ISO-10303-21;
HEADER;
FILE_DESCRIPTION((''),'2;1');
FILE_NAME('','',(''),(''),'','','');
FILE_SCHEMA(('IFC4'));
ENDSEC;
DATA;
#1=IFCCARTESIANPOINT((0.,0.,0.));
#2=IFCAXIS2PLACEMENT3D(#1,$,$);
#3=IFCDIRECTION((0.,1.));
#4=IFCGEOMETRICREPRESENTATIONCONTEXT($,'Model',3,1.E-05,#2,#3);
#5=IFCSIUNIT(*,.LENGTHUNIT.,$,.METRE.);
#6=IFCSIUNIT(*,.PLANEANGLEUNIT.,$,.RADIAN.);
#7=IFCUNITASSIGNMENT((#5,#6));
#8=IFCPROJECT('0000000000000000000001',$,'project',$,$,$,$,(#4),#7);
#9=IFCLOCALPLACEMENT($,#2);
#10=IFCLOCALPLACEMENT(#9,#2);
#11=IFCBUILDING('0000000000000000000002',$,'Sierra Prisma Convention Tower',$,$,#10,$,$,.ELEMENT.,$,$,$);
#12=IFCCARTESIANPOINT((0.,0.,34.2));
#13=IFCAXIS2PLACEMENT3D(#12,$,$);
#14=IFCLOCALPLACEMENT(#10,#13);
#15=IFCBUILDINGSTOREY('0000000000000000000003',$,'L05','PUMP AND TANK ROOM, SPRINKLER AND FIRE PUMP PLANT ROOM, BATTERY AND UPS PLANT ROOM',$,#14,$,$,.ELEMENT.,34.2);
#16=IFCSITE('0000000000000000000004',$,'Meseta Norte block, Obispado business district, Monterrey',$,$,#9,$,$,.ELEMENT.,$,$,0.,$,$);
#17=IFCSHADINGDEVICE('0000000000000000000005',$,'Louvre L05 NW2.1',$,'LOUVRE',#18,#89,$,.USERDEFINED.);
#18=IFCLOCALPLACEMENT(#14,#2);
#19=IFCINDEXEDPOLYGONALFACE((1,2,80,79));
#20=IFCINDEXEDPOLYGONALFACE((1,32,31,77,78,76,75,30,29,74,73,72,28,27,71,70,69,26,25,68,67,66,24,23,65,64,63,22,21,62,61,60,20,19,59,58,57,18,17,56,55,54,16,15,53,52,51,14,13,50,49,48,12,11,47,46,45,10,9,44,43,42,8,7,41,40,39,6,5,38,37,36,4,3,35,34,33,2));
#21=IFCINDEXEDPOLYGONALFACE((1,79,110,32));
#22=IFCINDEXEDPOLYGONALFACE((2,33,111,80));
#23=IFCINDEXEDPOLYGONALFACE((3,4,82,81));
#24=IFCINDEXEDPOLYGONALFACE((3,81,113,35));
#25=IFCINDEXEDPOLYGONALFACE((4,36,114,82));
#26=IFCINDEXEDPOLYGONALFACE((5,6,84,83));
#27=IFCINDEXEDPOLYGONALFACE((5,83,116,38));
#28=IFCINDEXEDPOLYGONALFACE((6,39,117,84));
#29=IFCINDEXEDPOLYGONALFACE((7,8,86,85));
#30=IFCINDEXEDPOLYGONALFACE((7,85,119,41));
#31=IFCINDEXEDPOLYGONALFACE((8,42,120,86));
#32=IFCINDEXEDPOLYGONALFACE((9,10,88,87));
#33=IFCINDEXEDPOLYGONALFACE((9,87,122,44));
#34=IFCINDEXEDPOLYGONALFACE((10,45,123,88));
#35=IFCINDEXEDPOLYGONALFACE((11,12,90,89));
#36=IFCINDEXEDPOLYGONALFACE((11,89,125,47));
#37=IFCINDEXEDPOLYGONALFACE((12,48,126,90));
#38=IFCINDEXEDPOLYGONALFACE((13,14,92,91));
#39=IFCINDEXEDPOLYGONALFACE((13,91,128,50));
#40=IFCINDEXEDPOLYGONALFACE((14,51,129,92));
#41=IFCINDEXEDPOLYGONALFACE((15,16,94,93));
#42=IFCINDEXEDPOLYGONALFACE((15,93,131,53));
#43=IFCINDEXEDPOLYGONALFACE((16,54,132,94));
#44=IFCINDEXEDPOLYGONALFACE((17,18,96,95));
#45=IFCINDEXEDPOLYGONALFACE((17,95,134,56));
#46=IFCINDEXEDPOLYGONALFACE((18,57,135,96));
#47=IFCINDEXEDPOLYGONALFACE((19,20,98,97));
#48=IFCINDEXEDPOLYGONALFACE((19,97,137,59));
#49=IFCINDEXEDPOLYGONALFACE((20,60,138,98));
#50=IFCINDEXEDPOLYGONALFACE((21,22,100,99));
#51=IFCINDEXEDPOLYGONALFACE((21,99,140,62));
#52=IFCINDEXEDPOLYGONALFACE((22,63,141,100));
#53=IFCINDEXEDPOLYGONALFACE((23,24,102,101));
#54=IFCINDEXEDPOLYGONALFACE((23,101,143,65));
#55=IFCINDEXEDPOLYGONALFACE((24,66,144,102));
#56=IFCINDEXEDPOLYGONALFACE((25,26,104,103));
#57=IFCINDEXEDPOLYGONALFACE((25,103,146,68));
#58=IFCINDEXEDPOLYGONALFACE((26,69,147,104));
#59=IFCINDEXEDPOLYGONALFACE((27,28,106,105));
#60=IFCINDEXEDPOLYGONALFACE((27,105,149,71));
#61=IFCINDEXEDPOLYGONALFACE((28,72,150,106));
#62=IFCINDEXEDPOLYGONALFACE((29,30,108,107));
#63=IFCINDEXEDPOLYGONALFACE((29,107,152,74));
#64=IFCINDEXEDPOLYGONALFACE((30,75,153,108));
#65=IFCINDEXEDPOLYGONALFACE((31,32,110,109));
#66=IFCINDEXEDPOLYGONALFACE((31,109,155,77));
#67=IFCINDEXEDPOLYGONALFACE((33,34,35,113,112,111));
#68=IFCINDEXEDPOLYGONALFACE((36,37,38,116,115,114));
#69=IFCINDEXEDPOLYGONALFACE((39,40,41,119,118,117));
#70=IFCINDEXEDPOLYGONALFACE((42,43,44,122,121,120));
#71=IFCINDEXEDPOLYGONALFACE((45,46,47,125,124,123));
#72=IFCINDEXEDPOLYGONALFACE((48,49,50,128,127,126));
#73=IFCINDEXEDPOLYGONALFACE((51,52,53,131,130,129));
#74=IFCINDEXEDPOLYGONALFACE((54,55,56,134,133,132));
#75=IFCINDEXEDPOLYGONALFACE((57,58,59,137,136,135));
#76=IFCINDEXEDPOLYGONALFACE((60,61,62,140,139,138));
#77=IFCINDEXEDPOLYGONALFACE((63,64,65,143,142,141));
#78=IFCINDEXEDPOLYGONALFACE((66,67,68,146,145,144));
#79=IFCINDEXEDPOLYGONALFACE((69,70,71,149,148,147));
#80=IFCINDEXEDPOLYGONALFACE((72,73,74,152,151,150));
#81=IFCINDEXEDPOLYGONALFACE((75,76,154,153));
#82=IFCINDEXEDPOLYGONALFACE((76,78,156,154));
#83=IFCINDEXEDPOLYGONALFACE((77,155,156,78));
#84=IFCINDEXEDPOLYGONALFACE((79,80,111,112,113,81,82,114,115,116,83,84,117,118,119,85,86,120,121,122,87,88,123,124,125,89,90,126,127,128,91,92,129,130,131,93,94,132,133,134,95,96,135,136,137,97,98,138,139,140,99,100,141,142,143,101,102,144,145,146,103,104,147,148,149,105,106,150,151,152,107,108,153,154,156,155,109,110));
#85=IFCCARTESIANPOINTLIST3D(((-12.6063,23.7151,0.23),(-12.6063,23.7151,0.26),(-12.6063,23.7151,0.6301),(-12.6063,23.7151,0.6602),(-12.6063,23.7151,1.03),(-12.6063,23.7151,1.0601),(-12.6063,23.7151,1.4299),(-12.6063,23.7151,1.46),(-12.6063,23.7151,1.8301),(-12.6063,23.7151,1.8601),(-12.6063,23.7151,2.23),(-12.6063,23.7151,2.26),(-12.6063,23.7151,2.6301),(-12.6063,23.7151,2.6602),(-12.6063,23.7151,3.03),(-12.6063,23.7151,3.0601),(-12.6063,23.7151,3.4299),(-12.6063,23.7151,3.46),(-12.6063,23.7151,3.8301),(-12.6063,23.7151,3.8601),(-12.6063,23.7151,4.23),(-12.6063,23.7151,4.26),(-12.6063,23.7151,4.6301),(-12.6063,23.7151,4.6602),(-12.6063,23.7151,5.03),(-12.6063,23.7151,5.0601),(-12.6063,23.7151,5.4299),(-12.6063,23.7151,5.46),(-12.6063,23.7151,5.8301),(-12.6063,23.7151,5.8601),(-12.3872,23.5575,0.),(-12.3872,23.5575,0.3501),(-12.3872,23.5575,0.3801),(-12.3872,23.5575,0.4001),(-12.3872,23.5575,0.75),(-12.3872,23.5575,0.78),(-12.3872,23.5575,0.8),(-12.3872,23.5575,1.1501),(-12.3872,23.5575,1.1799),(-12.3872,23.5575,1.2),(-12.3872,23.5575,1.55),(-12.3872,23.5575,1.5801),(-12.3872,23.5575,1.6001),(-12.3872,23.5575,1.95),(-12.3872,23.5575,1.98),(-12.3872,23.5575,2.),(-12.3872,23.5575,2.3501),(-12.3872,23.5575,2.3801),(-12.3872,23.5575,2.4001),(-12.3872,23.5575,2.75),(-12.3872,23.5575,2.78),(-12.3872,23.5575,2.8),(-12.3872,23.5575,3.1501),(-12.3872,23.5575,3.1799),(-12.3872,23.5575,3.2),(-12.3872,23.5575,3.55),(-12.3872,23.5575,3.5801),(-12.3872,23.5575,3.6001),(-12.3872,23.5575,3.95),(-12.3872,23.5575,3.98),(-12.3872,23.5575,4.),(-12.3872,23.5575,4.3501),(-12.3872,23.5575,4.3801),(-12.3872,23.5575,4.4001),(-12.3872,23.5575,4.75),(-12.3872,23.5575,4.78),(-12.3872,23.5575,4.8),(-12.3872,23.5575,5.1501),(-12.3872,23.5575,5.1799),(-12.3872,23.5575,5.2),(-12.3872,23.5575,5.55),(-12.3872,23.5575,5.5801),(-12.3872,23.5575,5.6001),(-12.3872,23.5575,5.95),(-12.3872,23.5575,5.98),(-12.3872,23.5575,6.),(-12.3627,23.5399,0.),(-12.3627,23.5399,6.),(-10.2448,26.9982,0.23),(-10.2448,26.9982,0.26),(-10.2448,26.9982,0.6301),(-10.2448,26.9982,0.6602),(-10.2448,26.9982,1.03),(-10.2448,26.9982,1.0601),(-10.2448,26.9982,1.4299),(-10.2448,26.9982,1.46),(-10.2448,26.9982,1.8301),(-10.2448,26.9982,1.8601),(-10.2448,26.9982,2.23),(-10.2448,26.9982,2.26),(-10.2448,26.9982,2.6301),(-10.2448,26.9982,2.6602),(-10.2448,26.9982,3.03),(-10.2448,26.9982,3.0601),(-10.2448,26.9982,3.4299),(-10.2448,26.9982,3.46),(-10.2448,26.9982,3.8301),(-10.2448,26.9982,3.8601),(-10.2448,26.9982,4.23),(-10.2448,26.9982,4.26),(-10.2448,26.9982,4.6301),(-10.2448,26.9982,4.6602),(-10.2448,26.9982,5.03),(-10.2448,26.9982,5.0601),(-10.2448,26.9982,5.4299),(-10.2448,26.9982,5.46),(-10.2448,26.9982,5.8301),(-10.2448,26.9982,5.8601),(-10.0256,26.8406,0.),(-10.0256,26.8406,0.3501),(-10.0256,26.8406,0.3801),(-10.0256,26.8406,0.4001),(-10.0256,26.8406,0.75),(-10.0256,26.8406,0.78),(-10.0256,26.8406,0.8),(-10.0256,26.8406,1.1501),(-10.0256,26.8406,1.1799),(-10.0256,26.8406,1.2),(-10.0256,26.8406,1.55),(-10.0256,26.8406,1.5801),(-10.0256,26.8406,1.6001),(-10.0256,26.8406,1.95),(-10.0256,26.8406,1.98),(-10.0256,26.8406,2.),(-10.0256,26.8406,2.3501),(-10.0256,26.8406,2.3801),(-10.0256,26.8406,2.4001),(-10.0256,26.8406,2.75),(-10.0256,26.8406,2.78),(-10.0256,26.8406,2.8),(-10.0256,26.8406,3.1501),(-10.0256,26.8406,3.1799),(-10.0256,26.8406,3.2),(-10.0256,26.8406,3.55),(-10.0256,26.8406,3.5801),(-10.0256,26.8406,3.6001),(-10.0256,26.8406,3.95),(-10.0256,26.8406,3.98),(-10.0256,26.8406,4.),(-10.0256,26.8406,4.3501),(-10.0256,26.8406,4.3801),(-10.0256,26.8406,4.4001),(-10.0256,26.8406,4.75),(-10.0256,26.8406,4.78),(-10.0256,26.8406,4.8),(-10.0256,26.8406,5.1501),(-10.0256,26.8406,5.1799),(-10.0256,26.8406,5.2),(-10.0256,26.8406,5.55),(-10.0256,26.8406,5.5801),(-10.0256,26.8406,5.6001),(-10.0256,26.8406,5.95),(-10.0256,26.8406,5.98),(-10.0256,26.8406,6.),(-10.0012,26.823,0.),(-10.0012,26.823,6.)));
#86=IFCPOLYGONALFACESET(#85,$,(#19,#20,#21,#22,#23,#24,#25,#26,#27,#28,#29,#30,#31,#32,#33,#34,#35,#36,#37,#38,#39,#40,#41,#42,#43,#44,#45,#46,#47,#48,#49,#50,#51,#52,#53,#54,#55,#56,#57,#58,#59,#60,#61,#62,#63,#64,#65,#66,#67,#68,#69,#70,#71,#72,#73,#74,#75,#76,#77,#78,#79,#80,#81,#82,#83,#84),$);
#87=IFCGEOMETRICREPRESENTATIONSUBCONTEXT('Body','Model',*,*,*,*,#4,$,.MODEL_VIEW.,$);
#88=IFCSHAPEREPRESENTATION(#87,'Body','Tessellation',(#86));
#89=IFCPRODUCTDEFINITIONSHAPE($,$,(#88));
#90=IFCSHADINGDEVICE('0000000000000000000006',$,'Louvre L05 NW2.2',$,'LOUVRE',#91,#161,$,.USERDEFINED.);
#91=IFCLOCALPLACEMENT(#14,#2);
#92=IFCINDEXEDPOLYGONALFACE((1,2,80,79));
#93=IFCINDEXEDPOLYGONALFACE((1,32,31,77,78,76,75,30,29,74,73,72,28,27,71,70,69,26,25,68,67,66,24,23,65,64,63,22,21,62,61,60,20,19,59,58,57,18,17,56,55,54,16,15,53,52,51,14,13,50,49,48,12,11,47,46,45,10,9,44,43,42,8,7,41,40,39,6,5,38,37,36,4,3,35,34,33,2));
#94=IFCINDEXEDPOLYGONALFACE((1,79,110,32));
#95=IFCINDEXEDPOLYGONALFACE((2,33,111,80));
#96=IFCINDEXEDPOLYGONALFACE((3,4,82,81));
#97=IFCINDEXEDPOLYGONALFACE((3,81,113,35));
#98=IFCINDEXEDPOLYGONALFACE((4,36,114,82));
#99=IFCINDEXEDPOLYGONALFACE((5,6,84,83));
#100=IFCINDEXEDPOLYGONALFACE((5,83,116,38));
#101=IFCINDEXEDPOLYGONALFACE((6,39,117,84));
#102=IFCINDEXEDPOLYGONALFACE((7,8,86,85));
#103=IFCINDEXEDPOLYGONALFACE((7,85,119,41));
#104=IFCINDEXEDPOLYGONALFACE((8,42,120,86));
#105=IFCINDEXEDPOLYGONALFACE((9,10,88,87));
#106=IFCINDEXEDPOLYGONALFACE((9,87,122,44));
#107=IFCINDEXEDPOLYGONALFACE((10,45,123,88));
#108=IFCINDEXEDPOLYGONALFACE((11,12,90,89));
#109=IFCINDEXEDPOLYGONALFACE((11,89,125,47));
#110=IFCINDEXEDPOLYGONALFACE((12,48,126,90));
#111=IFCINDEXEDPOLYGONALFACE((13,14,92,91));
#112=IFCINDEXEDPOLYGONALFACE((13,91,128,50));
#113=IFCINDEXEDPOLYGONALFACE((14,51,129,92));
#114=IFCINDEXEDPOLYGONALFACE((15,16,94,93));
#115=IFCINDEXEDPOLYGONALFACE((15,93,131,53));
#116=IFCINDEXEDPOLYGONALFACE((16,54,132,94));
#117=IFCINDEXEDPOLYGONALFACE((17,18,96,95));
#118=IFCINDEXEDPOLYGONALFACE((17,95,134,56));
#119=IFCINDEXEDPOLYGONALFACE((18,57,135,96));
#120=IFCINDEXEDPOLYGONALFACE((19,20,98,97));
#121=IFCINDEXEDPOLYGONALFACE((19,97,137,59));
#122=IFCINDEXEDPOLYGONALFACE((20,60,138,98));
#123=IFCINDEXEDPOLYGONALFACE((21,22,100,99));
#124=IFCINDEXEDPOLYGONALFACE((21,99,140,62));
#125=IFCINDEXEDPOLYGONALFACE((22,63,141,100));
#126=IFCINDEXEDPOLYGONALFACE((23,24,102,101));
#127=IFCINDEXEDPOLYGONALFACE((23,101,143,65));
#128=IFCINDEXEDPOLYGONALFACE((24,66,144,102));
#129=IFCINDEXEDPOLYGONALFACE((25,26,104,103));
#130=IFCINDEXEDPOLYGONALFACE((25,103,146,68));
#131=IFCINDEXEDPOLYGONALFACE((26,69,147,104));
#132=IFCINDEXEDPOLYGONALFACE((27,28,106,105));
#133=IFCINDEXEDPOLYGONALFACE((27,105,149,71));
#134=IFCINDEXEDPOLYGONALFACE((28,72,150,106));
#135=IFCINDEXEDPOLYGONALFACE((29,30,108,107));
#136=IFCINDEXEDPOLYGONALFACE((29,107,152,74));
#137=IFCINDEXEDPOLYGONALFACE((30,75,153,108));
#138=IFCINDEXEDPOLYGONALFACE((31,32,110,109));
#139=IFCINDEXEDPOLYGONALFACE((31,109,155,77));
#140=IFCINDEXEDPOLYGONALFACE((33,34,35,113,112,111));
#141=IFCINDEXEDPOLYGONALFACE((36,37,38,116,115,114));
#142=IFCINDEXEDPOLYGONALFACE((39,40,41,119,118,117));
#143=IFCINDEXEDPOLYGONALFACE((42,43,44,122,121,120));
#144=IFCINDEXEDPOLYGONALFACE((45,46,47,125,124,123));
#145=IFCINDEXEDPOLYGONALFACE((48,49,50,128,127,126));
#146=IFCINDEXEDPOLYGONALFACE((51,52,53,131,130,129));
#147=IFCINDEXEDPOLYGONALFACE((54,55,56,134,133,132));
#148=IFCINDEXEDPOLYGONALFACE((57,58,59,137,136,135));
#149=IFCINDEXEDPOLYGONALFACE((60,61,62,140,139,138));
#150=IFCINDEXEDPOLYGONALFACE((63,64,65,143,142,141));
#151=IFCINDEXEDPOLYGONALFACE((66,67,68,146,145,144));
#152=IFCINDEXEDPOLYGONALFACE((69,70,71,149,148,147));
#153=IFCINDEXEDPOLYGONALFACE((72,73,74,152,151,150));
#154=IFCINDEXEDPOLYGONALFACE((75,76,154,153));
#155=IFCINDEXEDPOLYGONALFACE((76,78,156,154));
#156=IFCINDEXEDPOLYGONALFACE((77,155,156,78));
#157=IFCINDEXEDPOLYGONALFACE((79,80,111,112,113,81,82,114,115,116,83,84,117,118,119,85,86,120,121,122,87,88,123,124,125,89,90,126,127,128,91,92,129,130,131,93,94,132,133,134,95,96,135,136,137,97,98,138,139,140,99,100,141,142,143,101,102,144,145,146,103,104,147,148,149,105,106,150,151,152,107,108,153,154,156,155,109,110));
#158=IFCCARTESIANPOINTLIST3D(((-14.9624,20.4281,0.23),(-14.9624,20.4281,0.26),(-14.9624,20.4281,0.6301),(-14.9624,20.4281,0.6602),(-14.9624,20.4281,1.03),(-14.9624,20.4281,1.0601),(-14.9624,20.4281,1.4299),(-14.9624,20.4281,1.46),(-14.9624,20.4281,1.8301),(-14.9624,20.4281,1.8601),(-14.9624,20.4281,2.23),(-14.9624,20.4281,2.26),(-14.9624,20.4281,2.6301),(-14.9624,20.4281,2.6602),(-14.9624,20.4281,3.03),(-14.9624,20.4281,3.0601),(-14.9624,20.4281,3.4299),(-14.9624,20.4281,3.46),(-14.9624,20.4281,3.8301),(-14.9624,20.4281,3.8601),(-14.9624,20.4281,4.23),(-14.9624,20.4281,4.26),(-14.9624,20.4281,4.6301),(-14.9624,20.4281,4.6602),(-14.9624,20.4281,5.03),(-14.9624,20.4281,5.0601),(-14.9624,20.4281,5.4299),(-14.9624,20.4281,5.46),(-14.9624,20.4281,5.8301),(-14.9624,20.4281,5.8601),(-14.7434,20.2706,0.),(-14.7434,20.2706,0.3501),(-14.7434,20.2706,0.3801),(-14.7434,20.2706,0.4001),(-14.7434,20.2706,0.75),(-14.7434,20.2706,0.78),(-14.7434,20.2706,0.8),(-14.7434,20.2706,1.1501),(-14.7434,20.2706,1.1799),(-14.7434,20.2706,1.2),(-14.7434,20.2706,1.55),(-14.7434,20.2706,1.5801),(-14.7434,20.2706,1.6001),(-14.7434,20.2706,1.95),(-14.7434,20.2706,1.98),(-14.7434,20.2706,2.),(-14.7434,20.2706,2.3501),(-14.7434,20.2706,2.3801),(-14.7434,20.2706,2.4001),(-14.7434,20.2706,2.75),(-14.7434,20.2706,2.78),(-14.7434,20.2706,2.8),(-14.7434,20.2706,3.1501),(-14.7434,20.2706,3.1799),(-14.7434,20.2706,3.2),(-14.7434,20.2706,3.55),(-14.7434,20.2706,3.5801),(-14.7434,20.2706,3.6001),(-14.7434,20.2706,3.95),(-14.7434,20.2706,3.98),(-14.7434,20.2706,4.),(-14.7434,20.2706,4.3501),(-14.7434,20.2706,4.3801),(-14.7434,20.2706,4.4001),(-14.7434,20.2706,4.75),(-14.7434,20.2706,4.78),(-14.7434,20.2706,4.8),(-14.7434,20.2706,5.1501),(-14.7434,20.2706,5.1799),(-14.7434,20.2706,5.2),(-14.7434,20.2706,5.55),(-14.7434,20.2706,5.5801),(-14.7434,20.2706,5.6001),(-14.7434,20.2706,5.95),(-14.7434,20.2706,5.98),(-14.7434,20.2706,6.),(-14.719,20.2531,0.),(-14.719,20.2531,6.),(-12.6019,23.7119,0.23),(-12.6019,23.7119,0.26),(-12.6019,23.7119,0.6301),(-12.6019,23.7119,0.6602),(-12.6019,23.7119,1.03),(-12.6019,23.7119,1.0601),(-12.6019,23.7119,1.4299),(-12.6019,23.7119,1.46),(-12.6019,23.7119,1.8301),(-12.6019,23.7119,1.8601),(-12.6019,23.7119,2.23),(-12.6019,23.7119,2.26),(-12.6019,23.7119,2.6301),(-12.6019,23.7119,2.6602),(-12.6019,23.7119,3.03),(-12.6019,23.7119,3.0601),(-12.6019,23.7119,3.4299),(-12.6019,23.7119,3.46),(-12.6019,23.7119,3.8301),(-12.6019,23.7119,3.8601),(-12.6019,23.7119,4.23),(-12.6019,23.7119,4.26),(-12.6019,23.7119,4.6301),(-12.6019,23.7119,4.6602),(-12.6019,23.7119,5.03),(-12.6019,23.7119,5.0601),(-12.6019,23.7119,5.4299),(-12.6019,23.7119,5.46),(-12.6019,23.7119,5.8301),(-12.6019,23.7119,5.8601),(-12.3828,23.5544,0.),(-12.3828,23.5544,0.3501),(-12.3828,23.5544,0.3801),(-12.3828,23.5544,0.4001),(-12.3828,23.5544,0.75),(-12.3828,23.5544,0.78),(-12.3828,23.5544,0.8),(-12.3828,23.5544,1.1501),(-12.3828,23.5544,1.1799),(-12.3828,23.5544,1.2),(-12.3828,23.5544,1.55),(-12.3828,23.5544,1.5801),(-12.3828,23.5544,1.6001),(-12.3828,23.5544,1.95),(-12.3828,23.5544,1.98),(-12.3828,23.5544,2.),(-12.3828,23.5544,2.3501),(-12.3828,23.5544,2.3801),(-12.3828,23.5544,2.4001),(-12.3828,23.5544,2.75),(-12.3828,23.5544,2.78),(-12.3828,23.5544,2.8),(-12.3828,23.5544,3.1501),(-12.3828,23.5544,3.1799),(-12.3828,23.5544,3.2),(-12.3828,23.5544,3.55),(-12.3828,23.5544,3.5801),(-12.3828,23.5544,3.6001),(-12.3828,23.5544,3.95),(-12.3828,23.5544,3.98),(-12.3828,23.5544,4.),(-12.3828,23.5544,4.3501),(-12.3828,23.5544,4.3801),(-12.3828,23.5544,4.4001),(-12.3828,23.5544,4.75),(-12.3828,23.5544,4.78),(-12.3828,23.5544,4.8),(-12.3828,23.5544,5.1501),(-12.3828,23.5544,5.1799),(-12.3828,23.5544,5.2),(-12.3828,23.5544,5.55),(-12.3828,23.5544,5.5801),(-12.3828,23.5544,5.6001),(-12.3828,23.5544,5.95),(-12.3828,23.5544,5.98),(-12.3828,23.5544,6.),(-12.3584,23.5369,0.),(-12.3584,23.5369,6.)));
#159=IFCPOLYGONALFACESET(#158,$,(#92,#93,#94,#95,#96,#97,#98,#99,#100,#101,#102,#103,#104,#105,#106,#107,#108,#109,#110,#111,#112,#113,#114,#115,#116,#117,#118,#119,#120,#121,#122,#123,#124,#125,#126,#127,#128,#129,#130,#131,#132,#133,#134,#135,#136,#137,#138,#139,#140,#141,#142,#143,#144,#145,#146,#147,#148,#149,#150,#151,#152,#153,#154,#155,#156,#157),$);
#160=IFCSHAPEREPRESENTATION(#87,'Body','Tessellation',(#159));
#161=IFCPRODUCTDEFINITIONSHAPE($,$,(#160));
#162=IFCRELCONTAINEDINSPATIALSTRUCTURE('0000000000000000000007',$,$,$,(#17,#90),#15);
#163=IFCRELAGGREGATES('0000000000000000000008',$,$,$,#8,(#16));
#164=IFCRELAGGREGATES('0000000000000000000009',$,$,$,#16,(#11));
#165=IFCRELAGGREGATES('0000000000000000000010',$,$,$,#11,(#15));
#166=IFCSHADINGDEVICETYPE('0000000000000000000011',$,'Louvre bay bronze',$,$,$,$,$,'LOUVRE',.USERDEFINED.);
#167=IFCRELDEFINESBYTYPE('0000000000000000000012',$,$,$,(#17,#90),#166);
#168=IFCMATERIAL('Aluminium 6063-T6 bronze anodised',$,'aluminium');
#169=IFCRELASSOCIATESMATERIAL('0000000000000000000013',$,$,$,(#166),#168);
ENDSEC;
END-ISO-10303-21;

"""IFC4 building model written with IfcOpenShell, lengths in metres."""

from ifc_helpers import new_model, si_unit, direction, frame, origin, place, context, subcontext, project, spatial, polyline, outline, extrude, material, type_object, element, save


model = new_model("IFC4")

# Units and contexts
model_context = context("Model", 3, precision=1e-05, world=origin(), true_north=direction((0.0, 1.0)))
body_context = subcontext(model_context, "Body", "Model", "MODEL_VIEW")
ifc_project = project(units=[si_unit("LENGTHUNIT", "METRE"), si_unit("PLANEANGLEUNIT", "RADIAN")], contexts=[model_context])

# Site, building, storey
site_placement = place(None, origin())
site = spatial("IfcSite", under=ifc_project, at=site_placement, Name="Meseta Norte block, Obispado business district, Monterrey", CompositionType="ELEMENT", RefElevation=0.0)
building_placement = place(site_placement, origin())
building = spatial("IfcBuilding", under=site, at=building_placement, Name="Sierra Prisma Convention Tower", CompositionType="ELEMENT")
storey_placement = place(building_placement, frame((0.0, 0.0, 34.2)))
storey = spatial("IfcBuildingStorey", under=building, at=storey_placement, Name="L05", Description="PUMP AND TANK ROOM, SPRINKLER AND FIRE PUMP PLANT ROOM, BATTERY AND UPS PLANT ROOM", CompositionType="ELEMENT", Elevation=34.2)

# Shading devices
ifc_material_1 = material(Name="Aluminium 6063-T6 bronze anodised", Category="aluminium")
shading_device_type = type_object("IfcShadingDeviceType", Name="Louvre bay bronze", ElementType="LOUVRE", PredefinedType="USERDEFINED", material=ifc_material_1)
shading_device_1_placement = place(storey_placement, frame((-10.0012, 26.823, 0.0), z_axis=(0.583931, 0.811803, 0.0), x_axis=(0.0, 0.0, 1.0)))
element("IfcShadingDevice", 1, at=shading_device_1_placement, inside=storey, type_object=shading_device_type, Name="Louvre L05 NW2.1", ObjectType="LOUVRE", PredefinedType="USERDEFINED", context=body_context, shape_type="SweptSolid", body=[
    extrude(outline(polyline([(0.0, 0.0), (6.0, 0.0), (6.0, -0.0301), (5.98, -0.0301), (5.8601, -0.3), (5.8301, -0.3), (5.95, -0.0301), (5.6001, -0.0301), (5.5801, -0.0301), (5.46, -0.3), (5.4299, -0.3), (5.55, -0.0301), (5.2, -0.0301), (5.1799, -0.0301), (5.0601, -0.3), (5.03, -0.3), (5.1501, -0.0301), (4.8, -0.0301), (4.78, -0.0301), (4.6602, -0.3), (4.6301, -0.3), (4.75, -0.0301), (4.4001, -0.0301), (4.3801, -0.0301), (4.26, -0.3), (4.23, -0.3), (4.3501, -0.0301), (4.0, -0.0301), (3.98, -0.0301), (3.8601, -0.3), (3.8301, -0.3), (3.95, -0.0301), (3.6001, -0.0301), (3.5801, -0.0301), (3.46, -0.3), (3.4299, -0.3), (3.55, -0.0301), (3.2, -0.0301), (3.1799, -0.0301), (3.0601, -0.3), (3.03, -0.3), (3.1501, -0.0301), (2.8, -0.0301), (2.78, -0.0301), (2.6602, -0.3), (2.6301, -0.3), (2.75, -0.0301), (2.4001, -0.0301), (2.3801, -0.0301), (2.26, -0.3), (2.23, -0.3), (2.3501, -0.0301), (2.0, -0.0301), (1.98, -0.0301), (1.8601, -0.3), (1.8301, -0.3), (1.95, -0.0301), (1.6001, -0.0301), (1.5801, -0.0301), (1.46, -0.3), (1.4299, -0.3), (1.55, -0.0301), (1.2, -0.0301), (1.1799, -0.0301), (1.0601, -0.3), (1.03, -0.3), (1.1501, -0.0301), (0.8, -0.0301), (0.78, -0.0301), (0.6602, -0.3), (0.6301, -0.3), (0.75, -0.0301), (0.4001, -0.0301), (0.3801, -0.0301), (0.26, -0.3), (0.23, -0.3), (0.3501, -0.0301), (0.0, -0.0301), (0.0, 0.0)])), origin(), (0.0, 0.0, -1.0), 4.0442),
])
shading_device_2_placement = place(storey_placement, frame((-12.3584, 23.5369, 0.0), z_axis=(0.583691, 0.811976, 0.0), x_axis=(0.0, 0.0, 1.0)))
element("IfcShadingDevice", 2, at=shading_device_2_placement, inside=storey, type_object=shading_device_type, Name="Louvre L05 NW2.2", ObjectType="LOUVRE", PredefinedType="USERDEFINED", context=body_context, shape_type="SweptSolid", body=[
    extrude(outline(polyline([(0.0, 0.0), (6.0, 0.0), (6.0, -0.0301), (5.98, -0.0301), (5.8601, -0.2999), (5.8301, -0.2999), (5.95, -0.0301), (5.6001, -0.0301), (5.5801, -0.0301), (5.46, -0.2999), (5.4299, -0.2999), (5.55, -0.0301), (5.2, -0.0301), (5.1799, -0.0301), (5.0601, -0.2999), (5.03, -0.2999), (5.1501, -0.0301), (4.8, -0.0301), (4.78, -0.0301), (4.6602, -0.2999), (4.6301, -0.2999), (4.75, -0.0301), (4.4001, -0.0301), (4.3801, -0.0301), (4.26, -0.2999), (4.23, -0.2999), (4.3501, -0.0301), (4.0, -0.0301), (3.98, -0.0301), (3.8601, -0.2999), (3.8301, -0.2999), (3.95, -0.0301), (3.6001, -0.0301), (3.5801, -0.0301), (3.46, -0.2999), (3.4299, -0.2999), (3.55, -0.0301), (3.2, -0.0301), (3.1799, -0.0301), (3.0601, -0.2999), (3.03, -0.2999), (3.1501, -0.0301), (2.8, -0.0301), (2.78, -0.0301), (2.6602, -0.2999), (2.6301, -0.2999), (2.75, -0.0301), (2.4001, -0.0301), (2.3801, -0.0301), (2.26, -0.2999), (2.23, -0.2999), (2.3501, -0.0301), (2.0, -0.0301), (1.98, -0.0301), (1.8601, -0.2999), (1.8301, -0.2999), (1.95, -0.0301), (1.6001, -0.0301), (1.5801, -0.0301), (1.46, -0.2999), (1.4299, -0.2999), (1.55, -0.0301), (1.2, -0.0301), (1.1799, -0.0301), (1.0601, -0.2999), (1.03, -0.2999), (1.1501, -0.0301), (0.8, -0.0301), (0.78, -0.0301), (0.6602, -0.2999), (0.6301, -0.2999), (0.75, -0.0301), (0.4001, -0.0301), (0.3801, -0.0301), (0.26, -0.2999), (0.23, -0.2999), (0.3501, -0.0301), (0.0, -0.0301), (0.0, 0.0)])), origin(), (0.0, 0.0, -1.0), 4.0442),
])

save(model, "model.ifc")
